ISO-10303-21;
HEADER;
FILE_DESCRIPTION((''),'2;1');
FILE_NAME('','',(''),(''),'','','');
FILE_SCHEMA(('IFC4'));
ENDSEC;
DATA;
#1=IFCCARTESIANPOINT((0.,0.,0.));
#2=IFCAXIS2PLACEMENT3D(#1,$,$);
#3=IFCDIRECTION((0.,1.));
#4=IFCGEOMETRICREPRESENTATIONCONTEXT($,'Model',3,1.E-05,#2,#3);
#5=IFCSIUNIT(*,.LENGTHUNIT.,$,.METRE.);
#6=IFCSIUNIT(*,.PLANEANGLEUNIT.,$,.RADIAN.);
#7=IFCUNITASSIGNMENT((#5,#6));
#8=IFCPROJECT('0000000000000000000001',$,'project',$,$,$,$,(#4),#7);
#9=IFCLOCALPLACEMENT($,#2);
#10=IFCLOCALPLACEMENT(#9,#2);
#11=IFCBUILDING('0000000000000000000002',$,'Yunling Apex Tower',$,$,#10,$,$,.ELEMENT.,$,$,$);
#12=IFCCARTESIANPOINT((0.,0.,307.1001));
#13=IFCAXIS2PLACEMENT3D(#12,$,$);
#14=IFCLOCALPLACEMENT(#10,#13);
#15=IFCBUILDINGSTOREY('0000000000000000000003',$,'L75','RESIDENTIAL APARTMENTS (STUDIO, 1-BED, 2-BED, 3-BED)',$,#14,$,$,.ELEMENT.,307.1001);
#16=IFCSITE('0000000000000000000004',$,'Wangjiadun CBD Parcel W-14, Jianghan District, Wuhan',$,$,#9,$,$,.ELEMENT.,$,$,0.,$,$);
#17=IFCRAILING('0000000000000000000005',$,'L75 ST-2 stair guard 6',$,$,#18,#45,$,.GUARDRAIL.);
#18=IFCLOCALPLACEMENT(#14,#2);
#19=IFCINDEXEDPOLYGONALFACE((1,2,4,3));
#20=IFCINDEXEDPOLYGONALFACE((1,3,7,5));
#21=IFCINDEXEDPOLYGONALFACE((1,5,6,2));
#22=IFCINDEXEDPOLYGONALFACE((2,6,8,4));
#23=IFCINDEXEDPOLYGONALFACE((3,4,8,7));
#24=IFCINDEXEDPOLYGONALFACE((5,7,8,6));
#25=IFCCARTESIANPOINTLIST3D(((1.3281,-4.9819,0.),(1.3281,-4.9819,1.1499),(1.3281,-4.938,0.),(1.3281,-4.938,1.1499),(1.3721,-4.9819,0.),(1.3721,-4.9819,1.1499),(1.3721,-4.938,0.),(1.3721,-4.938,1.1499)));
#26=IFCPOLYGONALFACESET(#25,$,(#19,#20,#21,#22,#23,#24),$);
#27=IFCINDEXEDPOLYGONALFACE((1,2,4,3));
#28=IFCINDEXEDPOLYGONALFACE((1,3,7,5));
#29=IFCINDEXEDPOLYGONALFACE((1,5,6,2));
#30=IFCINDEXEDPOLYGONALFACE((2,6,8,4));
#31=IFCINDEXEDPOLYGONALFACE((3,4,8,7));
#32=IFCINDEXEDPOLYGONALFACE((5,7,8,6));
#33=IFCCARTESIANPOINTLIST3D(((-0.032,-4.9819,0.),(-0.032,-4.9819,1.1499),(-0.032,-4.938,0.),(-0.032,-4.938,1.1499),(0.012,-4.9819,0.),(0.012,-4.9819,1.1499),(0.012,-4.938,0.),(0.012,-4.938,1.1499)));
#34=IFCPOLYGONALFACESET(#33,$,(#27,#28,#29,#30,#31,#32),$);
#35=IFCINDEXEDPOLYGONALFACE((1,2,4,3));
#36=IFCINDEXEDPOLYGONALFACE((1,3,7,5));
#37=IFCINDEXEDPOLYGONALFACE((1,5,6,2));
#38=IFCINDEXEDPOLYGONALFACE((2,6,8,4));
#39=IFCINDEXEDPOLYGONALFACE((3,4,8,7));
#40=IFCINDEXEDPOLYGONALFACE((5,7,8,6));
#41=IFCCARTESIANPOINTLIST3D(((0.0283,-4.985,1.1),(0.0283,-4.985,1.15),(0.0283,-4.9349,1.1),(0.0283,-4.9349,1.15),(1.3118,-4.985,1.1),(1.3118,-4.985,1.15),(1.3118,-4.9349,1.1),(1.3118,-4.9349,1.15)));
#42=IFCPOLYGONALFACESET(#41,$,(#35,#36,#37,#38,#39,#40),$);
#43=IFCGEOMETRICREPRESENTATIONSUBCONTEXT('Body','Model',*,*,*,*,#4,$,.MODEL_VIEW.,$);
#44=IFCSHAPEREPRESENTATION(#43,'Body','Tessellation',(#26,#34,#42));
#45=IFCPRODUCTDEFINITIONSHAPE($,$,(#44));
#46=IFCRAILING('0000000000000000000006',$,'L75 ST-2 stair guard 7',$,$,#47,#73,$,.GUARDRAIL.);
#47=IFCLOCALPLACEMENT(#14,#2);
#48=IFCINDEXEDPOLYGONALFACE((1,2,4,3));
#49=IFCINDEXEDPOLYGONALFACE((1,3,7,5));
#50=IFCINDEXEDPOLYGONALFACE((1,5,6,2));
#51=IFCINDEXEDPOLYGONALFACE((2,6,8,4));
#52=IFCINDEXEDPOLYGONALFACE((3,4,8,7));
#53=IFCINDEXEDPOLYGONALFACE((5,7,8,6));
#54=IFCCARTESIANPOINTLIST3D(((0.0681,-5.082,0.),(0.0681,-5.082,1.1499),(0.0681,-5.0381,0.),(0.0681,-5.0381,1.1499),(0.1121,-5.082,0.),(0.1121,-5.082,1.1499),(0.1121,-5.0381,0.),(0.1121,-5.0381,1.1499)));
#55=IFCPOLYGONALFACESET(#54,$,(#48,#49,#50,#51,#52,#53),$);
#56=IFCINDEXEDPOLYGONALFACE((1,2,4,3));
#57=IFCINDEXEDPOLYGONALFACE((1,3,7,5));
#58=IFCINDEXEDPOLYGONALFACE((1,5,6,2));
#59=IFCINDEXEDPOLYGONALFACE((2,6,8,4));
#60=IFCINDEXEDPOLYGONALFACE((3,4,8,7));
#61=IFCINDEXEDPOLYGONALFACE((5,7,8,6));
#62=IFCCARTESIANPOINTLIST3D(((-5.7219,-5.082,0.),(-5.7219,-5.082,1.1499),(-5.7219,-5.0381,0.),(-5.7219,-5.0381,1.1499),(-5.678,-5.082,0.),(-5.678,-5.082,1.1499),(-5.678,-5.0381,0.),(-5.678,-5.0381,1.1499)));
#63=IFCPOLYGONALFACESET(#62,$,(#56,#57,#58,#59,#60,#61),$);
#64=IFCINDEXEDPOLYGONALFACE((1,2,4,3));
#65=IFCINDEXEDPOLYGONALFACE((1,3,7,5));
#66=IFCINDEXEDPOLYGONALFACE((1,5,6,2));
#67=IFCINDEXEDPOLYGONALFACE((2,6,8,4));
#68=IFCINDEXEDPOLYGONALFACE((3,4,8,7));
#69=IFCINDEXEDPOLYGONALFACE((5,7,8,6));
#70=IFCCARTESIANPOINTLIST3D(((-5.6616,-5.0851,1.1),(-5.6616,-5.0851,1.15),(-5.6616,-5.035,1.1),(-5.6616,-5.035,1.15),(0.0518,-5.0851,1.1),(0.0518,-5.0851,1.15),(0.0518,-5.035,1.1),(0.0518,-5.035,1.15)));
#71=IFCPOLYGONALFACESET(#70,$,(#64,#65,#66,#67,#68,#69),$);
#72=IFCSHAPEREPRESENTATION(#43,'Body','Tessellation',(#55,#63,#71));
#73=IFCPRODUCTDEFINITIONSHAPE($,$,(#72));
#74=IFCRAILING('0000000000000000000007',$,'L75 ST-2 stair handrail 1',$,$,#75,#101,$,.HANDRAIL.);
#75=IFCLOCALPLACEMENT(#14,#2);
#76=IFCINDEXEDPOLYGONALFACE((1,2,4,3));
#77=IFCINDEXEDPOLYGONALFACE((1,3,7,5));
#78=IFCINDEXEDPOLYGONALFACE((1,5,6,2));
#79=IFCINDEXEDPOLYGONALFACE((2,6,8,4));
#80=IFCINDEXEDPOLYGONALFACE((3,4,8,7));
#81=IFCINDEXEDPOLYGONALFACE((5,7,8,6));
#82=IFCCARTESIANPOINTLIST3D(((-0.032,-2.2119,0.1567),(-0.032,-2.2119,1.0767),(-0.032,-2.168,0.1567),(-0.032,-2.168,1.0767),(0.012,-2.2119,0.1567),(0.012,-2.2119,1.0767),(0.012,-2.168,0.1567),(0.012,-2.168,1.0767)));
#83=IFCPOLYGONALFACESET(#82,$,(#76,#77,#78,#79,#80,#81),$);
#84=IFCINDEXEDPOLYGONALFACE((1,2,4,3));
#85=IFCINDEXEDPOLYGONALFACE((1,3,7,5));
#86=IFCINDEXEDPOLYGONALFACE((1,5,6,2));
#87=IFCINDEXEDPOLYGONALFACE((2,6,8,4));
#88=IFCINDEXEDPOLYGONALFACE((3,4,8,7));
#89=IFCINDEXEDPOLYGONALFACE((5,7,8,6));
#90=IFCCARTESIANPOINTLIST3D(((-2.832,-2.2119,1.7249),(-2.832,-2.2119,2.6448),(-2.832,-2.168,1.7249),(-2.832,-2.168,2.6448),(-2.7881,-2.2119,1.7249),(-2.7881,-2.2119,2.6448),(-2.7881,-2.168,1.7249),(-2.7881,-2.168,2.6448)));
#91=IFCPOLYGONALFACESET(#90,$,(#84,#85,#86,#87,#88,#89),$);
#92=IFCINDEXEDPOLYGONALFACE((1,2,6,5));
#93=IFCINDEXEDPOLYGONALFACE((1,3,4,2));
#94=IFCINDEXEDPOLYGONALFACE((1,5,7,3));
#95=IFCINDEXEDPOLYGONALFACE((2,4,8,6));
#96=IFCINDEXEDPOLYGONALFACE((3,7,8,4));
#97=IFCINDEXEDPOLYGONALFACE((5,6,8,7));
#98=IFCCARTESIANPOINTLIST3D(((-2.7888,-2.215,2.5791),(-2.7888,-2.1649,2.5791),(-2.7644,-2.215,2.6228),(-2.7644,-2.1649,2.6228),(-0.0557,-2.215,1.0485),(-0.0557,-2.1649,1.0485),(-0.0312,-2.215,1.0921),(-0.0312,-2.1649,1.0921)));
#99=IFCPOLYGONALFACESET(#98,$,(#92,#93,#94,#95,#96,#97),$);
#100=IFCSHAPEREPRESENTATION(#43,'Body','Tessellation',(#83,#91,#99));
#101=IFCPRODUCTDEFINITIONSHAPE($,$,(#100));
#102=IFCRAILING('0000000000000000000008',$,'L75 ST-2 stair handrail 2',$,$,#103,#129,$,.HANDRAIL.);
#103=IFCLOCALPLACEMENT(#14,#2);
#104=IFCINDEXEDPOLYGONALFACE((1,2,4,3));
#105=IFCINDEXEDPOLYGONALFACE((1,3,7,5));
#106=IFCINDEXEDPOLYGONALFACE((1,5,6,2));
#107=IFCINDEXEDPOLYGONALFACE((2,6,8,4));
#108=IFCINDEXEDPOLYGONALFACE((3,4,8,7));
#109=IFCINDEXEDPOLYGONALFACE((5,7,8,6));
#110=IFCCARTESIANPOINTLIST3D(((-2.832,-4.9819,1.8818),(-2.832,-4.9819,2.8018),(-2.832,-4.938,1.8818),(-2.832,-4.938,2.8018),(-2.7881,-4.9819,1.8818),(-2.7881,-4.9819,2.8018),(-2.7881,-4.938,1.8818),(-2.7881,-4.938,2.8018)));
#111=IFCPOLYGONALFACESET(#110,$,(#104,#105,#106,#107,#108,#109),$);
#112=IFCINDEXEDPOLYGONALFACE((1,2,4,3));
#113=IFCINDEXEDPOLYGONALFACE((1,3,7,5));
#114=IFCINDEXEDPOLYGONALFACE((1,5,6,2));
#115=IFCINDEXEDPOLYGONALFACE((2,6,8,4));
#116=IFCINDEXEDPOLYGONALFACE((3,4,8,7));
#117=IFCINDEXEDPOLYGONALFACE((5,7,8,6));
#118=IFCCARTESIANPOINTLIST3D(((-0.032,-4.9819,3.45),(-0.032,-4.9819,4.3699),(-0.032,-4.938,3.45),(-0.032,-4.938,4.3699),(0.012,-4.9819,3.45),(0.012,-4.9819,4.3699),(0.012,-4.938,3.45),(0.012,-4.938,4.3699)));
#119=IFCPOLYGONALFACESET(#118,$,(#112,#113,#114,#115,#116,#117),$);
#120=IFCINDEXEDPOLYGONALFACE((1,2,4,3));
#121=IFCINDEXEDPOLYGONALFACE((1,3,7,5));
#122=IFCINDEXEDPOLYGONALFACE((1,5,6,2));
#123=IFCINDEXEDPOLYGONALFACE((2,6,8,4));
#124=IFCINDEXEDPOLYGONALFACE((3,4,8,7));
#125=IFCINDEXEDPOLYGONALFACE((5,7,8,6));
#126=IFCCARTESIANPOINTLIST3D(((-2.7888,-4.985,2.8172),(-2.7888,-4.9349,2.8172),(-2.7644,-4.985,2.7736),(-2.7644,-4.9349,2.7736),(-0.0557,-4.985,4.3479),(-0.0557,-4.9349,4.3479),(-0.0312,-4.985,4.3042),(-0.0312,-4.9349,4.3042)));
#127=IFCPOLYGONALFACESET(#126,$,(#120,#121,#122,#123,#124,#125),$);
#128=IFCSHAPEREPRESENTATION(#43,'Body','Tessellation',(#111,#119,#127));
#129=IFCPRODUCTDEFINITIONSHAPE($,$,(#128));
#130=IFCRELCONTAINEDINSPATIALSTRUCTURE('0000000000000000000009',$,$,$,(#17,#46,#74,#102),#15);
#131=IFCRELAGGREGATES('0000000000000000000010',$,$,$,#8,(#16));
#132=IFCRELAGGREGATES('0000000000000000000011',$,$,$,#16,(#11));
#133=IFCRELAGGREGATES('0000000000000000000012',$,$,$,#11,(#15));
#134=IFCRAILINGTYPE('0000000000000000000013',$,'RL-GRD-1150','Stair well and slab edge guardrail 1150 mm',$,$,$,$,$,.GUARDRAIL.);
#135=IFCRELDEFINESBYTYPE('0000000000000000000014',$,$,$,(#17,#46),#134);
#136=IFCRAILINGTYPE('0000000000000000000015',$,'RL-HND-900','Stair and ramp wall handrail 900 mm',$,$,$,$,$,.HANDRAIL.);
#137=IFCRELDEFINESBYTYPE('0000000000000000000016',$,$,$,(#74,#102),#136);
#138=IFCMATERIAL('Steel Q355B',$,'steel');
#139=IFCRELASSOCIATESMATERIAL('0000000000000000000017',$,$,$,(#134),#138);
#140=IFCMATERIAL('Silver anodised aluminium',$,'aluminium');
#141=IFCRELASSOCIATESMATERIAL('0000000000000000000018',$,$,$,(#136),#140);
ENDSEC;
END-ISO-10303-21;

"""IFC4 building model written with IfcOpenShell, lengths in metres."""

from ifc_helpers import new_model, si_unit, direction, frame, origin, origin_2d, place, context, subcontext, project, spatial, rectangle, extrude, material, type_object, element, save


model = new_model("IFC4")

# Units and contexts
model_context = context("Model", 3, precision=1e-05, world=origin(), true_north=direction((0.0, 1.0)))
body_context = subcontext(model_context, "Body", "Model", "MODEL_VIEW")
ifc_project = project(units=[si_unit("LENGTHUNIT", "METRE"), si_unit("PLANEANGLEUNIT", "RADIAN")], contexts=[model_context])

# Site, building, storey
site_placement = place(None, origin())
site = spatial("IfcSite", under=ifc_project, at=site_placement, Name="Wangjiadun CBD Parcel W-14, Jianghan District, Wuhan", CompositionType="ELEMENT", RefElevation=0.0)
building_placement = place(site_placement, origin())
building = spatial("IfcBuilding", under=site, at=building_placement, Name="Yunling Apex Tower", CompositionType="ELEMENT")
storey_placement = place(building_placement, frame((0.0, 0.0, 307.1001)))
storey = spatial("IfcBuildingStorey", under=building, at=storey_placement, Name="L75", Description="RESIDENTIAL APARTMENTS (STUDIO, 1-BED, 2-BED, 3-BED)", CompositionType="ELEMENT", Elevation=307.1001)

# Shared definitions
ifc_material_1 = material(Name="Steel Q355B", Category="steel")

# Railings
railing_type_1 = type_object("IfcRailingType", Name="RL-GRD-1150", Description="Stair well and slab edge guardrail 1150 mm", PredefinedType="GUARDRAIL", material=ifc_material_1)
railing_1_placement = place(storey_placement, frame((1.3501, -4.96, 0.0)))
element("IfcRailing", 1, at=railing_1_placement, inside=storey, type_object=railing_type_1, Name="L75 ST-2 stair guard 6", PredefinedType="GUARDRAIL", context=body_context, shape_type="SweptSolid", body=[
    extrude(rectangle(XDim=0.0439, YDim=0.0439, at=origin_2d()), origin(), (0.0, 0.0, 1.0), 1.1499),
    extrude(rectangle(XDim=0.0439, YDim=0.0439, at=origin_2d()), frame((-1.3601, 0.0, 0.0)), (0.0, 0.0, 1.0), 1.1499),
    extrude(rectangle(XDim=0.05, YDim=0.05, at=origin_2d()), frame((-0.0383, 0.0, 1.125), z_axis=(-1.0, 0.0, 0.0), x_axis=(0.0, -1.0, 0.0)), (0.0, 0.0, 1.0), 1.2834),
])
railing_2_placement = place(storey_placement, frame((0.0901, -5.0601, 0.0)))
element("IfcRailing", 2, at=railing_2_placement, inside=storey, type_object=railing_type_1, Name="L75 ST-2 stair guard 7", PredefinedType="GUARDRAIL", context=body_context, shape_type="SweptSolid", body=[
    extrude(rectangle(XDim=0.0439, YDim=0.0439, at=origin_2d()), origin(), (0.0, 0.0, 1.0), 1.1499),
    extrude(rectangle(XDim=0.0439, YDim=0.0439, at=origin_2d()), frame((-5.79, 0.0, 0.0)), (0.0, 0.0, 1.0), 1.1499),
    extrude(rectangle(XDim=0.05, YDim=0.05, at=origin_2d()), frame((-0.0383, 0.0, 1.125), z_axis=(-1.0, 0.0, 0.0), x_axis=(0.0, -1.0, 0.0)), (0.0, 0.0, 1.0), 5.7134),
])
ifc_material_2 = material(Name="Silver anodised aluminium", Category="aluminium")
railing_type_2 = type_object("IfcRailingType", Name="RL-HND-900", Description="Stair and ramp wall handrail 900 mm", PredefinedType="HANDRAIL", material=ifc_material_2)
railing_3_placement = place(storey_placement, frame((-0.01, -2.1899, 0.1567)))
element("IfcRailing", 3, at=railing_3_placement, inside=storey, type_object=railing_type_2, Name="L75 ST-2 stair handrail 1", PredefinedType="HANDRAIL", context=body_context, shape_type="SweptSolid", body=[
    extrude(rectangle(XDim=0.0439, YDim=0.0439, at=origin_2d()), origin(), (0.0, 0.0, 1.0), 0.9199),
    extrude(rectangle(XDim=0.0439, YDim=0.0439, at=origin_2d()), frame((-2.8, 0.0, 1.5681)), (0.0, 0.0, 1.0), 0.9199),
    extrude(rectangle(XDim=0.05, YDim=0.05, at=origin_2d()), frame((-0.0334, 0.0, 0.9136), z_axis=(-0.872494, 0.0, 0.488624), x_axis=(0.0, -1.0, 0.0)), (0.0, 0.0, 1.0), 3.1326),
])
railing_4_placement = place(storey_placement, frame((-2.8101, -4.96, 1.8818)))
element("IfcRailing", 4, at=railing_4_placement, inside=storey, type_object=railing_type_2, Name="L75 ST-2 stair handrail 2", PredefinedType="HANDRAIL", context=body_context, shape_type="SweptSolid", body=[
    extrude(rectangle(XDim=0.0439, YDim=0.0439, at=origin_2d()), origin(), (0.0, 0.0, 1.0), 0.9199),
    extrude(rectangle(XDim=0.0439, YDim=0.0439, at=origin_2d()), frame((2.8, 0.0, 1.5681)), (0.0, 0.0, 1.0), 0.9199),
    extrude(rectangle(XDim=0.05, YDim=0.05, at=origin_2d()), frame((0.0334, 0.0, 0.9136), z_axis=(0.872494, 0.0, 0.488624), x_axis=(0.0, 1.0, 0.0)), (0.0, 0.0, 1.0), 3.1326),
])

save(model, "model.ifc")
